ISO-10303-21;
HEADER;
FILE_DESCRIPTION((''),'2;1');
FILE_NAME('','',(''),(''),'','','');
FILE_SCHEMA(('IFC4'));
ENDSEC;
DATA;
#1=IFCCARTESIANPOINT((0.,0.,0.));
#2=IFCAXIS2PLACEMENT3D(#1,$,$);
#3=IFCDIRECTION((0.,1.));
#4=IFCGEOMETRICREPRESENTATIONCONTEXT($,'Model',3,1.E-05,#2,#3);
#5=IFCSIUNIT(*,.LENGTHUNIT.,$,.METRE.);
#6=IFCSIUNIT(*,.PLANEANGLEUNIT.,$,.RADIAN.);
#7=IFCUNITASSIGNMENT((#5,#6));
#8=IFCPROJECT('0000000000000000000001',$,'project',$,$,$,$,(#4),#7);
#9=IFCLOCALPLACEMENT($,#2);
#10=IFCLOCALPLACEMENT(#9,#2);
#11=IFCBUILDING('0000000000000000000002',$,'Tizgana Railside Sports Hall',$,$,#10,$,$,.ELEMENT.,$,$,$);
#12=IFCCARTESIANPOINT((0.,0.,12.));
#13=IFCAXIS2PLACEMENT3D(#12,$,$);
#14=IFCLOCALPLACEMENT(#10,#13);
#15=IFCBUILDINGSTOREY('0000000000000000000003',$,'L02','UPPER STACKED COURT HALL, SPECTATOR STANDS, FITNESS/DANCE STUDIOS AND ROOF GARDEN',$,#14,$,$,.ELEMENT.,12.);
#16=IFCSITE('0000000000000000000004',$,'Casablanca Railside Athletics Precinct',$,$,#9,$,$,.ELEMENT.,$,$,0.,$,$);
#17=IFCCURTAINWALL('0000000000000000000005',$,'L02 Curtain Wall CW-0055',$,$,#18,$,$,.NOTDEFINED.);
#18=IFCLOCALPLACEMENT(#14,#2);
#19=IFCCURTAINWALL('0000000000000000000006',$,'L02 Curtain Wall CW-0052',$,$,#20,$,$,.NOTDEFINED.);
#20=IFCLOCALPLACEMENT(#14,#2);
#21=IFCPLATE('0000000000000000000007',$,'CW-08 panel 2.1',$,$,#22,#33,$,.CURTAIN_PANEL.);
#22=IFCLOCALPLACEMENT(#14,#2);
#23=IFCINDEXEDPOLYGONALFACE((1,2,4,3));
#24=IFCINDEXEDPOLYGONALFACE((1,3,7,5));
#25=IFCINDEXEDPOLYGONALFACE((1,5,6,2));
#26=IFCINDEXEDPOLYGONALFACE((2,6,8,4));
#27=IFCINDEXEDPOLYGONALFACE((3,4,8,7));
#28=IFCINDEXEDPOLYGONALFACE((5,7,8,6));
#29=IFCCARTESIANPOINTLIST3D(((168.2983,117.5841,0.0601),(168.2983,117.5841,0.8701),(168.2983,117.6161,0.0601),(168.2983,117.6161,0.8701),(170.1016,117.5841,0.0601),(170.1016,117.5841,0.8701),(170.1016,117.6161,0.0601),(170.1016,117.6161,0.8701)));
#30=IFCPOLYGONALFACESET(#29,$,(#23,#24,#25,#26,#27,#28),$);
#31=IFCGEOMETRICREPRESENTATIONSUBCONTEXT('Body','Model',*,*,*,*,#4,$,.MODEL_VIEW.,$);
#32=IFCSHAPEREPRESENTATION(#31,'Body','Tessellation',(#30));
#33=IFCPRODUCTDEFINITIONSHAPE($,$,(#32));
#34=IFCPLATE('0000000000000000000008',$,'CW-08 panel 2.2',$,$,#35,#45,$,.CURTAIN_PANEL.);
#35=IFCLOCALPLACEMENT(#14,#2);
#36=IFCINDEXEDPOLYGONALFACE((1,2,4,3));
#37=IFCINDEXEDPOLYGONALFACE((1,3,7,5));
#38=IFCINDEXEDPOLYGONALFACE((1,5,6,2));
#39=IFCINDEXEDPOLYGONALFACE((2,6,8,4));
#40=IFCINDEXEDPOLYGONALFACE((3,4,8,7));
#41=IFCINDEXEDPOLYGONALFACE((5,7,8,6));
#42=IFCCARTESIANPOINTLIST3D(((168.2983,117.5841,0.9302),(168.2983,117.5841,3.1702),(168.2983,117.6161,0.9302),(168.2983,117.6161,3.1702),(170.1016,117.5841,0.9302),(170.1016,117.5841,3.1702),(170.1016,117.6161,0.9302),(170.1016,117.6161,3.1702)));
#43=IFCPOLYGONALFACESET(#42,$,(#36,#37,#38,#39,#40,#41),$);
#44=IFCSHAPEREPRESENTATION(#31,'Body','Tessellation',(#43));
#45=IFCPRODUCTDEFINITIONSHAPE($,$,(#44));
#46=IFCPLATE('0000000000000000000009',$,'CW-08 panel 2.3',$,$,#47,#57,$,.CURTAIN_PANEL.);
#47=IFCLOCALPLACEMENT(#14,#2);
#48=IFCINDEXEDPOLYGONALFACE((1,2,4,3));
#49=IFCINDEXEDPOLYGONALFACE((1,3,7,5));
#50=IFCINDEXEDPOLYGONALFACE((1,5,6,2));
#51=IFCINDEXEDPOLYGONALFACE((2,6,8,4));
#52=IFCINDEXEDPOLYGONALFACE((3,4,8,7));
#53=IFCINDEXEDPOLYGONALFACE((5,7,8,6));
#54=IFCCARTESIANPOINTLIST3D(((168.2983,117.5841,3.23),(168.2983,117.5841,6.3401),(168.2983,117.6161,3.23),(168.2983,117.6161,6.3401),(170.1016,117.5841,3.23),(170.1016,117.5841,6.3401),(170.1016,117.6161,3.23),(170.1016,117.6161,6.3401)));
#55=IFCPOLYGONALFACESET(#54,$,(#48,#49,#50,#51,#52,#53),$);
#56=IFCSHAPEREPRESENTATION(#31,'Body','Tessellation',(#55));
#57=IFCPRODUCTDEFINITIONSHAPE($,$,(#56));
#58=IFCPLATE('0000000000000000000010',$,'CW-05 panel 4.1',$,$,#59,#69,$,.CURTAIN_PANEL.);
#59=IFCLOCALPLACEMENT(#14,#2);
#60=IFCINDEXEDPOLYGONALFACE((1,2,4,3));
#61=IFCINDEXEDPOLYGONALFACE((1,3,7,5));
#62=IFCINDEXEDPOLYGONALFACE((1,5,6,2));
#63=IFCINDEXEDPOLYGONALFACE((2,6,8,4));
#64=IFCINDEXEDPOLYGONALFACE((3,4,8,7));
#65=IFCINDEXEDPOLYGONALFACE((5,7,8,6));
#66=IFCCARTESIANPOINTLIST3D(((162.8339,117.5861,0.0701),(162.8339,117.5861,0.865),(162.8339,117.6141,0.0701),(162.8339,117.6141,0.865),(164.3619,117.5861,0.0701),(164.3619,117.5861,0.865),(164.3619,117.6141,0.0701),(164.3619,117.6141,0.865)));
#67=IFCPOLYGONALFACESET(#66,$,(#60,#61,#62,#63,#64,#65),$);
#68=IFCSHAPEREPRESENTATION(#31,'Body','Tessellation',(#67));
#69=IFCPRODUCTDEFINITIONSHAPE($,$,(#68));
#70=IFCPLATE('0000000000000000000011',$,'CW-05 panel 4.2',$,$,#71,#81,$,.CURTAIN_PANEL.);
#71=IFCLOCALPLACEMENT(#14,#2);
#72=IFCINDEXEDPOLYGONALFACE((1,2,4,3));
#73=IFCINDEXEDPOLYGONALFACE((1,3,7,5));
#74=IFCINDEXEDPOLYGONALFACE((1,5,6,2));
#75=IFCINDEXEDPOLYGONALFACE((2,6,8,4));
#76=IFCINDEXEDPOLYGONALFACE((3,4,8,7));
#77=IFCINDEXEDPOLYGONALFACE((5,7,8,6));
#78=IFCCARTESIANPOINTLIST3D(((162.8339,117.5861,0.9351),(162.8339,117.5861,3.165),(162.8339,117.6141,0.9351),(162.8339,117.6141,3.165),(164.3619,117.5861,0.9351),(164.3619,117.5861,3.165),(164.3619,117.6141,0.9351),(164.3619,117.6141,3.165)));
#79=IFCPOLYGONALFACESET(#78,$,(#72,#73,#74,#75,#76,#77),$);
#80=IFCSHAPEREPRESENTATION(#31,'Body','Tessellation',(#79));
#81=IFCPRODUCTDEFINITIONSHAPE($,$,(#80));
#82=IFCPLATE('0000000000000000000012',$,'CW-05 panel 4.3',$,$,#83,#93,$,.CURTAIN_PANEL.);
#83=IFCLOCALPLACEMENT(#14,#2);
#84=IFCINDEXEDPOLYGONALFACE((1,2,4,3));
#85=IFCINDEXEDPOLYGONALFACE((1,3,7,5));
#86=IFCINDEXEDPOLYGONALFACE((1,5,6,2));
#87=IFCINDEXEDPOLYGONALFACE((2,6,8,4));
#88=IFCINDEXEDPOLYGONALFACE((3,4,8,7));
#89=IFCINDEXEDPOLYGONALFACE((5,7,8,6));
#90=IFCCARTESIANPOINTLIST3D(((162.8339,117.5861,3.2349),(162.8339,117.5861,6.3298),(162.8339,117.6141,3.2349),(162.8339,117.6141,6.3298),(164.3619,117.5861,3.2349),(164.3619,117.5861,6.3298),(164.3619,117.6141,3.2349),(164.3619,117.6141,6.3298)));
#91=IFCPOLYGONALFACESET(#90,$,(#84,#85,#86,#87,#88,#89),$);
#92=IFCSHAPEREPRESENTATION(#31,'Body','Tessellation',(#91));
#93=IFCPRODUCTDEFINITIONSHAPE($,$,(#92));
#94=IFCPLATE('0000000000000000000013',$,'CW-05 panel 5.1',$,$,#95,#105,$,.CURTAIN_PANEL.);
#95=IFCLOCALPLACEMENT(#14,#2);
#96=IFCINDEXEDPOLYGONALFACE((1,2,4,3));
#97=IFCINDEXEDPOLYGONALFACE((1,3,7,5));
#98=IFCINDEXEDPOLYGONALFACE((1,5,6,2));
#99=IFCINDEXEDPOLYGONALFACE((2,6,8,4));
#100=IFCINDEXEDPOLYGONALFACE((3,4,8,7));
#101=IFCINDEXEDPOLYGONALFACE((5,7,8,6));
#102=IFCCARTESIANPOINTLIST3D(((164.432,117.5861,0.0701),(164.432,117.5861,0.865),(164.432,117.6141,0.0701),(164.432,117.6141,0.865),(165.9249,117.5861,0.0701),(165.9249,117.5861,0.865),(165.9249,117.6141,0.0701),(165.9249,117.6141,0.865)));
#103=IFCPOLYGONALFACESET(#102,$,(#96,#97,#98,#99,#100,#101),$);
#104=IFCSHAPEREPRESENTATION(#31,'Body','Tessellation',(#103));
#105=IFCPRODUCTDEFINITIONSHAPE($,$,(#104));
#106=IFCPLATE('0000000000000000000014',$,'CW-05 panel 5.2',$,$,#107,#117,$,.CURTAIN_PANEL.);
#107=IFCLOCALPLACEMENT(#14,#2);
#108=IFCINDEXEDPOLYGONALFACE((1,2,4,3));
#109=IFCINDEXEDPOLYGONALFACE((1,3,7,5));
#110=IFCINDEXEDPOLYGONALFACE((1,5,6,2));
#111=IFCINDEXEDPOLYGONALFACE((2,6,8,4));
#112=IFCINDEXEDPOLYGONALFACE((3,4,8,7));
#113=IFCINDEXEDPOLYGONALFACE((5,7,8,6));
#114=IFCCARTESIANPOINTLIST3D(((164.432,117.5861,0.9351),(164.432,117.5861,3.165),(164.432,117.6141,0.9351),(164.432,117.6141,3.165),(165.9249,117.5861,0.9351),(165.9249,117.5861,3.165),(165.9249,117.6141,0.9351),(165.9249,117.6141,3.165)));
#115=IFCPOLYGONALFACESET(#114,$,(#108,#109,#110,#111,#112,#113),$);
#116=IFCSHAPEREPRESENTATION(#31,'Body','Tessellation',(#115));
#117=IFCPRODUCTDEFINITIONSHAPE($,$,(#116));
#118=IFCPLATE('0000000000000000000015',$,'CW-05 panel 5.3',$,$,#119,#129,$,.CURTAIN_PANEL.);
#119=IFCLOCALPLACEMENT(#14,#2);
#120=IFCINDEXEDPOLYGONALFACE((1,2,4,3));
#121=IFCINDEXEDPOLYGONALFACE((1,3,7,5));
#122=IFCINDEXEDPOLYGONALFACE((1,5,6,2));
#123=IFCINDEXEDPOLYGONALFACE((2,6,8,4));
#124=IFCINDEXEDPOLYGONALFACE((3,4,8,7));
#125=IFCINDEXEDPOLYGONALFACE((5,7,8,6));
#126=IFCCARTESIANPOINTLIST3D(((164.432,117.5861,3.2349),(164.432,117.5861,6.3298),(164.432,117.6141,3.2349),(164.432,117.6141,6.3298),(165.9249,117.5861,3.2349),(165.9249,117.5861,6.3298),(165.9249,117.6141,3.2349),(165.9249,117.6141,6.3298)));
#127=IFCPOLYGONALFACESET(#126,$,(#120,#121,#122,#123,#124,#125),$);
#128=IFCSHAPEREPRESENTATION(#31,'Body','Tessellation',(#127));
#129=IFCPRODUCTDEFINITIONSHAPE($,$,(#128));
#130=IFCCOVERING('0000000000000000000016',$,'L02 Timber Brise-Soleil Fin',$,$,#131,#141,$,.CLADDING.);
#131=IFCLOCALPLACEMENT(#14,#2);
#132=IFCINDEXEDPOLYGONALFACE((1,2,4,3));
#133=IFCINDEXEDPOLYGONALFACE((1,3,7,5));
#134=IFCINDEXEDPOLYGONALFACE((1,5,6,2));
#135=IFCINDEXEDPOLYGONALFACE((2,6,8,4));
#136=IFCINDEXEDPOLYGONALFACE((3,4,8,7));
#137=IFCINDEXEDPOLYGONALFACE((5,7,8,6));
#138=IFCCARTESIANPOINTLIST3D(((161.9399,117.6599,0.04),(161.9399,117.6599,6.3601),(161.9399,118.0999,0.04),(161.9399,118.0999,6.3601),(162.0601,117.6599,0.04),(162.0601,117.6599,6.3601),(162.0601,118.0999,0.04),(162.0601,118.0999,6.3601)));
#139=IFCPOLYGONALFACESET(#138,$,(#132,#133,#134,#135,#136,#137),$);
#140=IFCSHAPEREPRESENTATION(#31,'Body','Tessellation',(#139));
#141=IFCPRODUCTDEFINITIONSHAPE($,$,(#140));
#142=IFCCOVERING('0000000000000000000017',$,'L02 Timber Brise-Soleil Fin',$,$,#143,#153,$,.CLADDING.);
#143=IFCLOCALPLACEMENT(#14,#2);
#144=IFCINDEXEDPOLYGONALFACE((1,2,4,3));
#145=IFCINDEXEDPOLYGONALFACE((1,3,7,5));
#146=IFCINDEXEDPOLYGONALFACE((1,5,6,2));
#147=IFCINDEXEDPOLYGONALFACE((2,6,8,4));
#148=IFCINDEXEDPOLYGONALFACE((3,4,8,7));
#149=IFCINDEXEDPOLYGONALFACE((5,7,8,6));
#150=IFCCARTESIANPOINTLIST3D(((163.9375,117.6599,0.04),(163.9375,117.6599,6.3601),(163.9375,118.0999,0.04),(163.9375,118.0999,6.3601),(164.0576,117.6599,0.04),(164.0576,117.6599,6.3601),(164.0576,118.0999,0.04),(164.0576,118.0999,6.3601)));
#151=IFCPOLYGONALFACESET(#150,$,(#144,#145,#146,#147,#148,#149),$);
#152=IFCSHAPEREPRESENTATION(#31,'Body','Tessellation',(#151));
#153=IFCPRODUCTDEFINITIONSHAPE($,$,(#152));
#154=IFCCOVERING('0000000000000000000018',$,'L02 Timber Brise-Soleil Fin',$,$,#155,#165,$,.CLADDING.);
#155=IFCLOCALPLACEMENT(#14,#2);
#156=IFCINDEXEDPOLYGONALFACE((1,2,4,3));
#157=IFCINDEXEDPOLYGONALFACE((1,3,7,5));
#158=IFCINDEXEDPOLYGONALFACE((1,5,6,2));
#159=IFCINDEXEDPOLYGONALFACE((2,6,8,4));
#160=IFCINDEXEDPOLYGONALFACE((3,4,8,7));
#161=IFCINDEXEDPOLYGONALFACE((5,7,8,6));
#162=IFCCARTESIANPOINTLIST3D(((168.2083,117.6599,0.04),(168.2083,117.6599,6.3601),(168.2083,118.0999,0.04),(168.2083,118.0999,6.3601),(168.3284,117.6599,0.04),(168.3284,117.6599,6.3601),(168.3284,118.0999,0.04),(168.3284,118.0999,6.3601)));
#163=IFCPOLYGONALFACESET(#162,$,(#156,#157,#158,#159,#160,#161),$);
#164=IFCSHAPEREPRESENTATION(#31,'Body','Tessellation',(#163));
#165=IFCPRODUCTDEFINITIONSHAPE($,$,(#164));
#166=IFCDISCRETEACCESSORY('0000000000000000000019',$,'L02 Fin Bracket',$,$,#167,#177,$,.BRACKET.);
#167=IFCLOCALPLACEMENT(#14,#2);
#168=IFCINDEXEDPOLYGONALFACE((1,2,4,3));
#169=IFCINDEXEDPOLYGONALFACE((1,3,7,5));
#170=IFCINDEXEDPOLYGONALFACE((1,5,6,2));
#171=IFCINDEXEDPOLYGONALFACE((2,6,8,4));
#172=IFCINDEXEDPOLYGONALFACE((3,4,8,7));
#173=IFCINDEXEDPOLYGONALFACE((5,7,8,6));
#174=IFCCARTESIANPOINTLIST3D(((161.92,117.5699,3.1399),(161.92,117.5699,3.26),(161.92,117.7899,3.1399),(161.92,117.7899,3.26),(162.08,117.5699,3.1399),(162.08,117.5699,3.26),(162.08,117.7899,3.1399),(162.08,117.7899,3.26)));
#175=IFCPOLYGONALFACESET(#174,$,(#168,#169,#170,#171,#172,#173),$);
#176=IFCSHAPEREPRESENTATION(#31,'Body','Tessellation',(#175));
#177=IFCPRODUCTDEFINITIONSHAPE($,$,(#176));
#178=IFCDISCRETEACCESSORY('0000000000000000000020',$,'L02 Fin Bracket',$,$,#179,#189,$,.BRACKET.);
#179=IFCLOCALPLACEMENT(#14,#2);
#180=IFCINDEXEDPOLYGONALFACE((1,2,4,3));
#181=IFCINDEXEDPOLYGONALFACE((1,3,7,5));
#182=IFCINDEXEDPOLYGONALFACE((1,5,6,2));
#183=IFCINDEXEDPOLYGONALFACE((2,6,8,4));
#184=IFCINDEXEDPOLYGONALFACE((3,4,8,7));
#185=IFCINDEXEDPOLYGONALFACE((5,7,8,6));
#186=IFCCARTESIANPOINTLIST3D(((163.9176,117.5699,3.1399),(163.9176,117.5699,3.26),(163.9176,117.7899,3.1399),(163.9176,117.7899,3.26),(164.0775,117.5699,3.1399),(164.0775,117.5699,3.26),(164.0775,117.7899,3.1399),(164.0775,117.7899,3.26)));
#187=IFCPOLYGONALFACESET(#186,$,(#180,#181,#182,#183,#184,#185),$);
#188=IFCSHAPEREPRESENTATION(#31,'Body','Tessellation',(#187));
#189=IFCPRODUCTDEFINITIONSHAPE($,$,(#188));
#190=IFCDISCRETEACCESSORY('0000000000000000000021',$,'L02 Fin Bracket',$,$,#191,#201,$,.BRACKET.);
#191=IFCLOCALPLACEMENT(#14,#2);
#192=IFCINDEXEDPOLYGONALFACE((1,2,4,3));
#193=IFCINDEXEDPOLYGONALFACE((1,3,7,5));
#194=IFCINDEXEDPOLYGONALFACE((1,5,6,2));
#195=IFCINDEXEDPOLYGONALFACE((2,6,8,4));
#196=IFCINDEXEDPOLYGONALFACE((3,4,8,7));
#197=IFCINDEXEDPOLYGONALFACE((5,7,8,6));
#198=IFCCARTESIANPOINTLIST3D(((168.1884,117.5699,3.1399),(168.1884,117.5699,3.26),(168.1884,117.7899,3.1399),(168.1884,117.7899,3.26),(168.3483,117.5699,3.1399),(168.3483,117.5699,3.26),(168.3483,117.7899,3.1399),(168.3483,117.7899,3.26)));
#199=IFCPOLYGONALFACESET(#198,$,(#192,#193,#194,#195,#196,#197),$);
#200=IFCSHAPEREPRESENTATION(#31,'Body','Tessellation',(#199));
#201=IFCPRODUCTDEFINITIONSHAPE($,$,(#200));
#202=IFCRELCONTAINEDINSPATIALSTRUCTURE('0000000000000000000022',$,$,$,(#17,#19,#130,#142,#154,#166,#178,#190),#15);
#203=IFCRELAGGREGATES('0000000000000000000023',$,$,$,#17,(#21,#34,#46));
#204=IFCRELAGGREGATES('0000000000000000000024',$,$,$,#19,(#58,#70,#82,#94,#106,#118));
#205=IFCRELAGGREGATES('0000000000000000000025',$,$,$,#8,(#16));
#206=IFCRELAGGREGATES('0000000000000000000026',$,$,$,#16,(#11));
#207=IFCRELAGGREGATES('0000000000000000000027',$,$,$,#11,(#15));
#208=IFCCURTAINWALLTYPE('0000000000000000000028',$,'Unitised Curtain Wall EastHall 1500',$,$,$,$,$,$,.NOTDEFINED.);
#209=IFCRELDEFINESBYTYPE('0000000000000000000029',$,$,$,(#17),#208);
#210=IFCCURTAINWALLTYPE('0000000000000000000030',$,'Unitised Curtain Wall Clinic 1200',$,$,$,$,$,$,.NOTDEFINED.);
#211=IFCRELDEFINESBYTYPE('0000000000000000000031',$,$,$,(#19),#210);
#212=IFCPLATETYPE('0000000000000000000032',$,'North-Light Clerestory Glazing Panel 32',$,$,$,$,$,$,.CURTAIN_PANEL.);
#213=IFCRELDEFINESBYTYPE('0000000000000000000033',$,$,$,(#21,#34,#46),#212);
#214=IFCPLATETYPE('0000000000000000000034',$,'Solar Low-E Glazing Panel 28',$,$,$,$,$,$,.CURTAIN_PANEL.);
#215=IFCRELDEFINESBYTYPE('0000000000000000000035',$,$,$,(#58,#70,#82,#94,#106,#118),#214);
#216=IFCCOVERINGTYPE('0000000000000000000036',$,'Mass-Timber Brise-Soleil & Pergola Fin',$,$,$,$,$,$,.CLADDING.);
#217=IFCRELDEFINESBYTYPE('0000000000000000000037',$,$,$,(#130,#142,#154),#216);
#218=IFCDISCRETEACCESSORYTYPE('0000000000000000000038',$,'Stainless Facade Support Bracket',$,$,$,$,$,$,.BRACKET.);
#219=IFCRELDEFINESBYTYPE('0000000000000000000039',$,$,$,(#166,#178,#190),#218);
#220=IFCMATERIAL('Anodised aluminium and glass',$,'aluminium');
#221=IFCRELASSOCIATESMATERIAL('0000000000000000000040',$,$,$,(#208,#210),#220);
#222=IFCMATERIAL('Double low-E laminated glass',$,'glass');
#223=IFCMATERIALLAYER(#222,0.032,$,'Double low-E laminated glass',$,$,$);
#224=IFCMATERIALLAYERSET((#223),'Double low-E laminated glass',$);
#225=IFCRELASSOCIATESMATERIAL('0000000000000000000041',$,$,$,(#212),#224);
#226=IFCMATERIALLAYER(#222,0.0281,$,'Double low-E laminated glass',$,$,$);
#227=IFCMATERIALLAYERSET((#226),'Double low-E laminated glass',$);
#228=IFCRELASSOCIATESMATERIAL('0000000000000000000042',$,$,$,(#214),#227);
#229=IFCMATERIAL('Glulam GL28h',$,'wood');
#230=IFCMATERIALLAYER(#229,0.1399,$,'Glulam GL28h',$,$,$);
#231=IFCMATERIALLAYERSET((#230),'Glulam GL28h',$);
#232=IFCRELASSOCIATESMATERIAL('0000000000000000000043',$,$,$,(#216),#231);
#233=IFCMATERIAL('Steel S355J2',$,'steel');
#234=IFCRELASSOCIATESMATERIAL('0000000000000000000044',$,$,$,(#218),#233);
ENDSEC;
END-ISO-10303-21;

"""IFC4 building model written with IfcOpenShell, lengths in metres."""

from ifc_helpers import new_model, si_unit, direction, frame, origin, origin_2d, place, context, subcontext, project, spatial, rectangle, extrude, material, layer, layer_set, type_object, element, aggregate, save


model = new_model("IFC4")

# Units and contexts
model_context = context("Model", 3, precision=1e-05, world=origin(), true_north=direction((0.0, 1.0)))
body_context = subcontext(model_context, "Body", "Model", "MODEL_VIEW")
ifc_project = project(units=[si_unit("LENGTHUNIT", "METRE"), si_unit("PLANEANGLEUNIT", "RADIAN")], contexts=[model_context])

# Site, building, storey
site_placement = place(None, origin())
site = spatial("IfcSite", under=ifc_project, at=site_placement, Name="Casablanca Railside Athletics Precinct", CompositionType="ELEMENT", RefElevation=0.0)
building_placement = place(site_placement, origin())
building = spatial("IfcBuilding", under=site, at=building_placement, Name="Tizgana Railside Sports Hall", CompositionType="ELEMENT")
storey_placement = place(building_placement, frame((0.0, 0.0, 12.0)))
storey = spatial("IfcBuildingStorey", under=building, at=storey_placement, Name="L02", Description="UPPER STACKED COURT HALL, SPECTATOR STANDS, FITNESS/DANCE STUDIOS AND ROOF GARDEN", CompositionType="ELEMENT", Elevation=12.0)

# Shared definitions
ifc_material_1 = material(Name="Steel S355J2", Category="steel")

# Curtain walls
ifc_material_2 = material(Name="Anodised aluminium and glass", Category="aluminium")
curtain_wall_type_1 = type_object("IfcCurtainWallType", Name="Unitised Curtain Wall EastHall 1500", PredefinedType="NOTDEFINED", material=ifc_material_2)
curtain_wall_1_placement = place(storey_placement, origin())
curtain_wall_1 = element("IfcCurtainWall", 1, at=curtain_wall_1_placement, inside=storey, type_object=curtain_wall_type_1, Name="L02 Curtain Wall CW-0055", PredefinedType="NOTDEFINED")
curtain_wall_type_2 = type_object("IfcCurtainWallType", Name="Unitised Curtain Wall Clinic 1200", PredefinedType="NOTDEFINED", material=ifc_material_2)
curtain_wall_2_placement = place(storey_placement, origin())
curtain_wall_2 = element("IfcCurtainWall", 2, at=curtain_wall_2_placement, inside=storey, type_object=curtain_wall_type_2, Name="L02 Curtain Wall CW-0052", PredefinedType="NOTDEFINED")

# Plates
ifc_material_3 = material(Name="Double low-E laminated glass", Category="glass")
ifc_layer_1 = layer(ifc_material_3, 0.032, Name="Double low-E laminated glass")
ifc_layer_set_1 = layer_set([ifc_layer_1], Name="Double low-E laminated glass")
plate_type_1 = type_object("IfcPlateType", Name="North-Light Clerestory Glazing Panel 32", PredefinedType="CURTAIN_PANEL", material=ifc_layer_set_1)
plate_1_placement = place(storey_placement, frame((169.2, 117.6001, 0.0601), z_axis=(0.0, 0.0, 1.0), x_axis=(1.0, 0.0, 0.0)))
plate_1 = element("IfcPlate", 3, at=plate_1_placement, type_object=plate_type_1, Name="CW-08 panel 2.1", PredefinedType="CURTAIN_PANEL", context=body_context, shape_type="SweptSolid", body=[
    extrude(rectangle(XDim=1.8032, YDim=0.032, at=origin_2d()), origin(), (0.0, 0.0, 1.0), 0.8101),
])
plate_2_placement = place(storey_placement, frame((169.2, 117.6001, 0.9302), z_axis=(0.0, 0.0, 1.0), x_axis=(1.0, 0.0, 0.0)))
plate_2 = element("IfcPlate", 4, at=plate_2_placement, type_object=plate_type_1, Name="CW-08 panel 2.2", PredefinedType="CURTAIN_PANEL", context=body_context, shape_type="SweptSolid", body=[
    extrude(rectangle(XDim=1.8032, YDim=0.032, at=origin_2d()), origin(), (0.0, 0.0, 1.0), 2.24),
])
plate_3_placement = place(storey_placement, frame((169.2, 117.6001, 3.23), z_axis=(0.0, 0.0, 1.0), x_axis=(1.0, 0.0, 0.0)))
plate_3 = element("IfcPlate", 5, at=plate_3_placement, type_object=plate_type_1, Name="CW-08 panel 2.3", PredefinedType="CURTAIN_PANEL", context=body_context, shape_type="SweptSolid", body=[
    extrude(rectangle(XDim=1.8032, YDim=0.032, at=origin_2d()), origin(), (0.0, 0.0, 1.0), 3.1101),
])
aggregate(curtain_wall_1, [plate_1, plate_2, plate_3])
ifc_layer_2 = layer(ifc_material_3, 0.0281, Name="Double low-E laminated glass")
ifc_layer_set_2 = layer_set([ifc_layer_2], Name="Double low-E laminated glass")
plate_type_2 = type_object("IfcPlateType", Name="Solar Low-E Glazing Panel 28", PredefinedType="CURTAIN_PANEL", material=ifc_layer_set_2)
plate_4_placement = place(storey_placement, frame((163.5979, 117.6001, 0.0701), z_axis=(0.0, 0.0, 1.0), x_axis=(1.0, 0.0, 0.0)))
plate_4 = element("IfcPlate", 6, at=plate_4_placement, type_object=plate_type_2, Name="CW-05 panel 4.1", PredefinedType="CURTAIN_PANEL", context=body_context, shape_type="SweptSolid", body=[
    extrude(rectangle(XDim=1.5281, YDim=0.0281, at=origin_2d()), origin(), (0.0, 0.0, 1.0), 0.7949),
])
plate_5_placement = place(storey_placement, frame((163.5979, 117.6001, 0.9351), z_axis=(0.0, 0.0, 1.0), x_axis=(1.0, 0.0, 0.0)))
plate_5 = element("IfcPlate", 7, at=plate_5_placement, type_object=plate_type_2, Name="CW-05 panel 4.2", PredefinedType="CURTAIN_PANEL", context=body_context, shape_type="SweptSolid", body=[
    extrude(rectangle(XDim=1.5281, YDim=0.0281, at=origin_2d()), origin(), (0.0, 0.0, 1.0), 2.23),
])
plate_6_placement = place(storey_placement, frame((163.5979, 117.6001, 3.2349), z_axis=(0.0, 0.0, 1.0), x_axis=(1.0, 0.0, 0.0)))
plate_6 = element("IfcPlate", 8, at=plate_6_placement, type_object=plate_type_2, Name="CW-05 panel 4.3", PredefinedType="CURTAIN_PANEL", context=body_context, shape_type="SweptSolid", body=[
    extrude(rectangle(XDim=1.5281, YDim=0.0281, at=origin_2d()), origin(), (0.0, 0.0, 1.0), 3.095),
])
plate_7_placement = place(storey_placement, frame((165.1785, 117.6001, 0.0701), z_axis=(0.0, 0.0, 1.0), x_axis=(1.0, 0.0, 0.0)))
plate_7 = element("IfcPlate", 9, at=plate_7_placement, type_object=plate_type_2, Name="CW-05 panel 5.1", PredefinedType="CURTAIN_PANEL", context=body_context, shape_type="SweptSolid", body=[
    extrude(rectangle(XDim=1.4929, YDim=0.0281, at=origin_2d()), origin(), (0.0, 0.0, 1.0), 0.7949),
])
plate_8_placement = place(storey_placement, frame((165.1785, 117.6001, 0.9351), z_axis=(0.0, 0.0, 1.0), x_axis=(1.0, 0.0, 0.0)))
plate_8 = element("IfcPlate", 10, at=plate_8_placement, type_object=plate_type_2, Name="CW-05 panel 5.2", PredefinedType="CURTAIN_PANEL", context=body_context, shape_type="SweptSolid", body=[
    extrude(rectangle(XDim=1.4929, YDim=0.0281, at=origin_2d()), origin(), (0.0, 0.0, 1.0), 2.23),
])
plate_9_placement = place(storey_placement, frame((165.1785, 117.6001, 3.2349), z_axis=(0.0, 0.0, 1.0), x_axis=(1.0, 0.0, 0.0)))
plate_9 = element("IfcPlate", 11, at=plate_9_placement, type_object=plate_type_2, Name="CW-05 panel 5.3", PredefinedType="CURTAIN_PANEL", context=body_context, shape_type="SweptSolid", body=[
    extrude(rectangle(XDim=1.4929, YDim=0.0281, at=origin_2d()), origin(), (0.0, 0.0, 1.0), 3.095),
])
aggregate(curtain_wall_2, [plate_4, plate_5, plate_6, plate_7, plate_8, plate_9])

# Coverings
ifc_material_4 = material(Name="Glulam GL28h", Category="wood")
ifc_layer_3 = layer(ifc_material_4, 0.1399, Name="Glulam GL28h")
ifc_layer_set_3 = layer_set([ifc_layer_3], Name="Glulam GL28h")
covering_type = type_object("IfcCoveringType", Name="Mass-Timber Brise-Soleil & Pergola Fin", PredefinedType="CLADDING", material=ifc_layer_set_3)
for number, where, z_axis, x_axis, name in (
    (12, (162.0, 117.8799, 0.04), (0.0, 0.0, 1.0), (1.0, 0.0, 0.0), "L02 Timber Brise-Soleil Fin"),
    (13, (163.9976, 117.8799, 0.04), (0.0, 0.0, 1.0), (1.0, 0.0, 0.0), "L02 Timber Brise-Soleil Fin"),
    (14, (168.2683, 117.8799, 0.04), (0.0, 0.0, 1.0), (1.0, 0.0, 0.0), "L02 Timber Brise-Soleil Fin"),
):
    element("IfcCovering", number, at=place(storey_placement, frame(where, z_axis=z_axis, x_axis=x_axis)), inside=storey, type_object=covering_type, Name=name, PredefinedType="CLADDING", context=body_context, shape_type="SweptSolid", body=[
        extrude(rectangle(XDim=0.1201, YDim=0.4399, at=origin_2d()), origin(), (0.0, 0.0, 1.0), 6.3201),
    ])

# Discrete accessories
discrete_accessory_type = type_object("IfcDiscreteAccessoryType", Name="Stainless Facade Support Bracket", PredefinedType="BRACKET", material=ifc_material_1)
for number, where, z_axis, x_axis, name in (
    (15, (162.0, 117.6799, 3.1399), (0.0, 0.0, 1.0), (1.0, 0.0, 0.0), "L02 Fin Bracket"),
    (16, (163.9976, 117.6799, 3.1399), (0.0, 0.0, 1.0), (1.0, 0.0, 0.0), "L02 Fin Bracket"),
    (17, (168.2683, 117.6799, 3.1399), (0.0, 0.0, 1.0), (1.0, 0.0, 0.0), "L02 Fin Bracket"),
):
    element("IfcDiscreteAccessory", number, at=place(storey_placement, frame(where, z_axis=z_axis, x_axis=x_axis)), inside=storey, type_object=discrete_accessory_type, Name=name, PredefinedType="BRACKET", context=body_context, shape_type="SweptSolid", body=[
        extrude(rectangle(XDim=0.1599, YDim=0.22, at=origin_2d()), origin(), (0.0, 0.0, 1.0), 0.1201),
    ])

save(model, "model.ifc")
